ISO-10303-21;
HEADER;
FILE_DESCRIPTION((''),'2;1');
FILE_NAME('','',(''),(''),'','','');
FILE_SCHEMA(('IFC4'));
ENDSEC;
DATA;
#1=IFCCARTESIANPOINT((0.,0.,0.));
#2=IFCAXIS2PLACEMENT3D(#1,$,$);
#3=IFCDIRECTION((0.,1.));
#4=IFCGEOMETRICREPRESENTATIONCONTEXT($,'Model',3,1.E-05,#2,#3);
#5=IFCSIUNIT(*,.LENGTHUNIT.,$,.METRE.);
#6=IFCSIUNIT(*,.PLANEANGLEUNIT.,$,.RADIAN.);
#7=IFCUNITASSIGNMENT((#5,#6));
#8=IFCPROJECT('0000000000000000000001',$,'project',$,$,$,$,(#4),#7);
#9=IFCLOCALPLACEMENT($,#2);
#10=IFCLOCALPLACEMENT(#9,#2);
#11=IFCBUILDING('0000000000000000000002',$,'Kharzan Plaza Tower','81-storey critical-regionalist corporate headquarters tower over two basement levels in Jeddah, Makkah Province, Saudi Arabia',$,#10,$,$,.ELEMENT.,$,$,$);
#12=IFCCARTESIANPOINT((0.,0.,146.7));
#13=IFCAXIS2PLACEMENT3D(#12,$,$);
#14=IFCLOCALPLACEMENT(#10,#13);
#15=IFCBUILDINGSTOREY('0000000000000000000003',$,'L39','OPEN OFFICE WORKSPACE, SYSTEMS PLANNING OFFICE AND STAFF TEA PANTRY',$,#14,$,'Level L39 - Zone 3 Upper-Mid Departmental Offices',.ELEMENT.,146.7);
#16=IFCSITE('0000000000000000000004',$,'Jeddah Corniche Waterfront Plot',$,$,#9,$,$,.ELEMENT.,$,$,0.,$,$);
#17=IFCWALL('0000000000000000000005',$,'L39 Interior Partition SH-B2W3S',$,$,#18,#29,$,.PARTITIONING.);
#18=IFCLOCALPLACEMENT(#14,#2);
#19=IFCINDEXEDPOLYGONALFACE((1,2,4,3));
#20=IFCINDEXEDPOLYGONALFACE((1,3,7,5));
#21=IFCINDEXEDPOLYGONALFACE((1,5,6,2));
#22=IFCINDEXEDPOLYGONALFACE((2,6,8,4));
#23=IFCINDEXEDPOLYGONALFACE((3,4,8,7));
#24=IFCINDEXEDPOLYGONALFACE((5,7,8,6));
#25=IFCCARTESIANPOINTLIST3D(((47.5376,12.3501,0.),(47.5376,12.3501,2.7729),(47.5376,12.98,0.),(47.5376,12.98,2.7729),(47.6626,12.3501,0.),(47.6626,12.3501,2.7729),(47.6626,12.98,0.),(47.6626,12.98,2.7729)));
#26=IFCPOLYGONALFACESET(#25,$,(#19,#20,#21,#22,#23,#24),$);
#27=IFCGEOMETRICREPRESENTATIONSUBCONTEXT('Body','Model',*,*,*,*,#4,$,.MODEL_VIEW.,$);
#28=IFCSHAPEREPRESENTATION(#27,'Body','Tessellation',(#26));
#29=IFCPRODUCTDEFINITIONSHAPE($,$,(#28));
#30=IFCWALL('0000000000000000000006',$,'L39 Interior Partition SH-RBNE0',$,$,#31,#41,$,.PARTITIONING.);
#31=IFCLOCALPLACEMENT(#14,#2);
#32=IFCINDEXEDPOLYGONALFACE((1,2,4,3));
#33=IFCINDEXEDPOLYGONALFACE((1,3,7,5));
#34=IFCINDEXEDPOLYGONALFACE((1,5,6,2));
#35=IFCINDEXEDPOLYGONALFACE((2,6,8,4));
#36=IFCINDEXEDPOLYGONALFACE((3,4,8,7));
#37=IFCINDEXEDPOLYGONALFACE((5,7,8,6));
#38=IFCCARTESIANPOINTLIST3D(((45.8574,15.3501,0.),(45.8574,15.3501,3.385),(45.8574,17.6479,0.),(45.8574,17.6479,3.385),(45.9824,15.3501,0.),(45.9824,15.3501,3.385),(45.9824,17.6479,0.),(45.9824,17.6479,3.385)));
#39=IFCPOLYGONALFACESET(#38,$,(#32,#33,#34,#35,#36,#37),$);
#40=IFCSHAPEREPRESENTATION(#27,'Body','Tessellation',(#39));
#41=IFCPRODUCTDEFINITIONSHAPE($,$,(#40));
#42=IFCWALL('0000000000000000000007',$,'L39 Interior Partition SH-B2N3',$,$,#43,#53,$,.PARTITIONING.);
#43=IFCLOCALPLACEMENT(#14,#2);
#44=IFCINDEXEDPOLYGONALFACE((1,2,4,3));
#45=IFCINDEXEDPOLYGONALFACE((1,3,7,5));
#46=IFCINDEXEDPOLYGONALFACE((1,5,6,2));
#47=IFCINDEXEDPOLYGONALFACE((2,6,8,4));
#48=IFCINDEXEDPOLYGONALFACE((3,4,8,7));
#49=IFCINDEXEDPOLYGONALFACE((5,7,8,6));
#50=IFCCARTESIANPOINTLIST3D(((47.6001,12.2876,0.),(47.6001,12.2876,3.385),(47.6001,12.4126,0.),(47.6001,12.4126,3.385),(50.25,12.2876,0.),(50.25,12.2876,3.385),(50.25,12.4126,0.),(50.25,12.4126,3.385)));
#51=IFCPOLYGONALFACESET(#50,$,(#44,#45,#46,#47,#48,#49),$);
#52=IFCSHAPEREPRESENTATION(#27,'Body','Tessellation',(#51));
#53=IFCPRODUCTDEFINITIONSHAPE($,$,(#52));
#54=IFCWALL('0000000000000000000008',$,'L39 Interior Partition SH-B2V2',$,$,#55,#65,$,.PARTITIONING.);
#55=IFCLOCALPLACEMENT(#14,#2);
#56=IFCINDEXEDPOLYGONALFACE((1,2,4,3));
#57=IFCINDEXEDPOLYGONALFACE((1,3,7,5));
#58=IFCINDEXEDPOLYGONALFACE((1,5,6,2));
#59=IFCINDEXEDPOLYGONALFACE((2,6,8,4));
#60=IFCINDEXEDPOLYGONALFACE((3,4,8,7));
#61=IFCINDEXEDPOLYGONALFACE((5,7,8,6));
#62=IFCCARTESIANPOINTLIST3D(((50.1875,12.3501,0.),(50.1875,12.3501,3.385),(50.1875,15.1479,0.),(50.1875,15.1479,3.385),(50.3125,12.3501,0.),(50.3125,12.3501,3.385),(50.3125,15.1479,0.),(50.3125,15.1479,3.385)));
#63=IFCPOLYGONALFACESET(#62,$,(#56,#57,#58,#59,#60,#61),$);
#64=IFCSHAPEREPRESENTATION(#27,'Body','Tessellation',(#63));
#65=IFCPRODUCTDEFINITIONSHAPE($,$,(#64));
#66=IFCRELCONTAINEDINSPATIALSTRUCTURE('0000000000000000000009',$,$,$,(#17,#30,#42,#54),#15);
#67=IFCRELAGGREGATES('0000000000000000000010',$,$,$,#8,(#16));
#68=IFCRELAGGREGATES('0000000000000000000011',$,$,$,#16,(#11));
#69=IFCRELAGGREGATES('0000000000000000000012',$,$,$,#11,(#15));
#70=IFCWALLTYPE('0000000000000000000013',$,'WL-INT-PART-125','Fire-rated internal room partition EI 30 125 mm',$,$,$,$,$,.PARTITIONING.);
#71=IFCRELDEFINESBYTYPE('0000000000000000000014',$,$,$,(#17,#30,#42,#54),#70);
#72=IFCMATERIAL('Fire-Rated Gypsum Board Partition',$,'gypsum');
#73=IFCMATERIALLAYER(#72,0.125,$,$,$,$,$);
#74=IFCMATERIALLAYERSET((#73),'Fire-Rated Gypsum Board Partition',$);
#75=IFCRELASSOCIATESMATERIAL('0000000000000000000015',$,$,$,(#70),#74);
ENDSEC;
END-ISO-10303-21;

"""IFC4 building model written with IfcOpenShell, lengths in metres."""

from ifc_helpers import new_model, si_unit, direction, frame, frame_2d, origin, place, context, subcontext, project, spatial, rectangle, extrude, source, transform, mapped, material, layer, layer_set, type_object, element, save


model = new_model("IFC4")

# Units and contexts
model_context = context("Model", 3, precision=1e-05, world=origin(), true_north=direction((0.0, 1.0)))
body_context = subcontext(model_context, "Body", "Model", "MODEL_VIEW")
ifc_project = project(units=[si_unit("LENGTHUNIT", "METRE"), si_unit("PLANEANGLEUNIT", "RADIAN")], contexts=[model_context])

# Site, building, storey
site_placement = place(None, origin())
site = spatial("IfcSite", under=ifc_project, at=site_placement, Name="Jeddah Corniche Waterfront Plot", CompositionType="ELEMENT", RefElevation=0.0)
building_placement = place(site_placement, origin())
building = spatial("IfcBuilding", under=site, at=building_placement, Name="Kharzan Plaza Tower", Description="81-storey critical-regionalist corporate headquarters tower over two basement levels in Jeddah, Makkah Province, Saudi Arabia", CompositionType="ELEMENT")
storey_placement = place(building_placement, frame((0.0, 0.0, 146.7)))
storey = spatial("IfcBuildingStorey", under=building, at=storey_placement, Name="L39", Description="OPEN OFFICE WORKSPACE, SYSTEMS PLANNING OFFICE AND STAFF TEA PANTRY", LongName="Level L39 - Zone 3 Upper-Mid Departmental Offices", CompositionType="ELEMENT", Elevation=146.7)

# Shared definitions
ifc_material_1 = material(Name="Fire-Rated Gypsum Board Partition", Category="gypsum")
ifc_layer_1 = layer(ifc_material_1, 0.125)
ifc_layer_set_1 = layer_set([ifc_layer_1], Name="Fire-Rated Gypsum Board Partition")
wall_type_1 = type_object("IfcWallType", Name="WL-INT-PART-125", Description="Fire-rated internal room partition EI 30 125 mm", PredefinedType="PARTITIONING", material=ifc_layer_set_1)

# Walls
shared_shape_1 = source(origin(), body_context, "Body", "SweptSolid", [
    extrude(rectangle(XDim=0.6299, YDim=0.125, at=frame_2d((0.3149, 0.0))), origin(), (0.0, 0.0, 1.0), 2.7729),
])
wall_1_placement = place(storey_placement, frame((47.6001, 12.3501, 0.0), z_axis=(0.0, 0.0, 1.0), x_axis=(0.0, 1.0, 0.0)))
element("IfcWall", 1, at=wall_1_placement, inside=storey, type_object=wall_type_1, Name="L39 Interior Partition SH-B2W3S", PredefinedType="PARTITIONING", context=body_context, shape_type="MappedRepresentation", body=[
    mapped(shared_shape_1, transform((0.0, 0.0, 0.0), x_axis=(1.0, 0.0, 0.0), y_axis=(0.0, 1.0, 0.0), z_axis=(0.0, 0.0, 1.0))),
])
shared_shape_2 = source(origin(), body_context, "Body", "SweptSolid", [
    extrude(rectangle(XDim=2.2979, YDim=0.125, at=frame_2d((1.1489, 0.0))), origin(), (0.0, 0.0, 1.0), 3.385),
])
wall_2_placement = place(storey_placement, frame((45.9199, 15.3501, 0.0), z_axis=(0.0, 0.0, 1.0), x_axis=(0.0, 1.0, 0.0)))
element("IfcWall", 2, at=wall_2_placement, inside=storey, type_object=wall_type_1, Name="L39 Interior Partition SH-RBNE0", PredefinedType="PARTITIONING", context=body_context, shape_type="MappedRepresentation", body=[
    mapped(shared_shape_2, transform((0.0, 0.0, 0.0), x_axis=(1.0, 0.0, 0.0), y_axis=(0.0, 1.0, 0.0), z_axis=(0.0, 0.0, 1.0))),
])
shared_shape_3 = source(origin(), body_context, "Body", "SweptSolid", [
    extrude(rectangle(XDim=2.6499, YDim=0.125, at=frame_2d((1.325, 0.0))), origin(), (0.0, 0.0, 1.0), 3.385),
])
wall_3_placement = place(storey_placement, frame((47.6001, 12.3501, 0.0), z_axis=(0.0, 0.0, 1.0), x_axis=(1.0, 0.0, 0.0)))
element("IfcWall", 3, at=wall_3_placement, inside=storey, type_object=wall_type_1, Name="L39 Interior Partition SH-B2N3", PredefinedType="PARTITIONING", context=body_context, shape_type="MappedRepresentation", body=[
    mapped(shared_shape_3, transform((0.0, 0.0, 0.0), x_axis=(1.0, 0.0, 0.0), y_axis=(0.0, 1.0, 0.0), z_axis=(0.0, 0.0, 1.0))),
])
shared_shape_4 = source(origin(), body_context, "Body", "SweptSolid", [
    extrude(rectangle(XDim=2.7979, YDim=0.125, at=frame_2d((1.3989, 0.0))), origin(), (0.0, 0.0, 1.0), 3.385),
])
wall_4_placement = place(storey_placement, frame((50.25, 12.3501, 0.0), z_axis=(0.0, 0.0, 1.0), x_axis=(0.0, 1.0, 0.0)))
element("IfcWall", 4, at=wall_4_placement, inside=storey, type_object=wall_type_1, Name="L39 Interior Partition SH-B2V2", PredefinedType="PARTITIONING", context=body_context, shape_type="MappedRepresentation", body=[
    mapped(shared_shape_4, transform((0.0, 0.0, 0.0), x_axis=(1.0, 0.0, 0.0), y_axis=(0.0, 1.0, 0.0), z_axis=(0.0, 0.0, 1.0))),
])

save(model, "model.ifc")
